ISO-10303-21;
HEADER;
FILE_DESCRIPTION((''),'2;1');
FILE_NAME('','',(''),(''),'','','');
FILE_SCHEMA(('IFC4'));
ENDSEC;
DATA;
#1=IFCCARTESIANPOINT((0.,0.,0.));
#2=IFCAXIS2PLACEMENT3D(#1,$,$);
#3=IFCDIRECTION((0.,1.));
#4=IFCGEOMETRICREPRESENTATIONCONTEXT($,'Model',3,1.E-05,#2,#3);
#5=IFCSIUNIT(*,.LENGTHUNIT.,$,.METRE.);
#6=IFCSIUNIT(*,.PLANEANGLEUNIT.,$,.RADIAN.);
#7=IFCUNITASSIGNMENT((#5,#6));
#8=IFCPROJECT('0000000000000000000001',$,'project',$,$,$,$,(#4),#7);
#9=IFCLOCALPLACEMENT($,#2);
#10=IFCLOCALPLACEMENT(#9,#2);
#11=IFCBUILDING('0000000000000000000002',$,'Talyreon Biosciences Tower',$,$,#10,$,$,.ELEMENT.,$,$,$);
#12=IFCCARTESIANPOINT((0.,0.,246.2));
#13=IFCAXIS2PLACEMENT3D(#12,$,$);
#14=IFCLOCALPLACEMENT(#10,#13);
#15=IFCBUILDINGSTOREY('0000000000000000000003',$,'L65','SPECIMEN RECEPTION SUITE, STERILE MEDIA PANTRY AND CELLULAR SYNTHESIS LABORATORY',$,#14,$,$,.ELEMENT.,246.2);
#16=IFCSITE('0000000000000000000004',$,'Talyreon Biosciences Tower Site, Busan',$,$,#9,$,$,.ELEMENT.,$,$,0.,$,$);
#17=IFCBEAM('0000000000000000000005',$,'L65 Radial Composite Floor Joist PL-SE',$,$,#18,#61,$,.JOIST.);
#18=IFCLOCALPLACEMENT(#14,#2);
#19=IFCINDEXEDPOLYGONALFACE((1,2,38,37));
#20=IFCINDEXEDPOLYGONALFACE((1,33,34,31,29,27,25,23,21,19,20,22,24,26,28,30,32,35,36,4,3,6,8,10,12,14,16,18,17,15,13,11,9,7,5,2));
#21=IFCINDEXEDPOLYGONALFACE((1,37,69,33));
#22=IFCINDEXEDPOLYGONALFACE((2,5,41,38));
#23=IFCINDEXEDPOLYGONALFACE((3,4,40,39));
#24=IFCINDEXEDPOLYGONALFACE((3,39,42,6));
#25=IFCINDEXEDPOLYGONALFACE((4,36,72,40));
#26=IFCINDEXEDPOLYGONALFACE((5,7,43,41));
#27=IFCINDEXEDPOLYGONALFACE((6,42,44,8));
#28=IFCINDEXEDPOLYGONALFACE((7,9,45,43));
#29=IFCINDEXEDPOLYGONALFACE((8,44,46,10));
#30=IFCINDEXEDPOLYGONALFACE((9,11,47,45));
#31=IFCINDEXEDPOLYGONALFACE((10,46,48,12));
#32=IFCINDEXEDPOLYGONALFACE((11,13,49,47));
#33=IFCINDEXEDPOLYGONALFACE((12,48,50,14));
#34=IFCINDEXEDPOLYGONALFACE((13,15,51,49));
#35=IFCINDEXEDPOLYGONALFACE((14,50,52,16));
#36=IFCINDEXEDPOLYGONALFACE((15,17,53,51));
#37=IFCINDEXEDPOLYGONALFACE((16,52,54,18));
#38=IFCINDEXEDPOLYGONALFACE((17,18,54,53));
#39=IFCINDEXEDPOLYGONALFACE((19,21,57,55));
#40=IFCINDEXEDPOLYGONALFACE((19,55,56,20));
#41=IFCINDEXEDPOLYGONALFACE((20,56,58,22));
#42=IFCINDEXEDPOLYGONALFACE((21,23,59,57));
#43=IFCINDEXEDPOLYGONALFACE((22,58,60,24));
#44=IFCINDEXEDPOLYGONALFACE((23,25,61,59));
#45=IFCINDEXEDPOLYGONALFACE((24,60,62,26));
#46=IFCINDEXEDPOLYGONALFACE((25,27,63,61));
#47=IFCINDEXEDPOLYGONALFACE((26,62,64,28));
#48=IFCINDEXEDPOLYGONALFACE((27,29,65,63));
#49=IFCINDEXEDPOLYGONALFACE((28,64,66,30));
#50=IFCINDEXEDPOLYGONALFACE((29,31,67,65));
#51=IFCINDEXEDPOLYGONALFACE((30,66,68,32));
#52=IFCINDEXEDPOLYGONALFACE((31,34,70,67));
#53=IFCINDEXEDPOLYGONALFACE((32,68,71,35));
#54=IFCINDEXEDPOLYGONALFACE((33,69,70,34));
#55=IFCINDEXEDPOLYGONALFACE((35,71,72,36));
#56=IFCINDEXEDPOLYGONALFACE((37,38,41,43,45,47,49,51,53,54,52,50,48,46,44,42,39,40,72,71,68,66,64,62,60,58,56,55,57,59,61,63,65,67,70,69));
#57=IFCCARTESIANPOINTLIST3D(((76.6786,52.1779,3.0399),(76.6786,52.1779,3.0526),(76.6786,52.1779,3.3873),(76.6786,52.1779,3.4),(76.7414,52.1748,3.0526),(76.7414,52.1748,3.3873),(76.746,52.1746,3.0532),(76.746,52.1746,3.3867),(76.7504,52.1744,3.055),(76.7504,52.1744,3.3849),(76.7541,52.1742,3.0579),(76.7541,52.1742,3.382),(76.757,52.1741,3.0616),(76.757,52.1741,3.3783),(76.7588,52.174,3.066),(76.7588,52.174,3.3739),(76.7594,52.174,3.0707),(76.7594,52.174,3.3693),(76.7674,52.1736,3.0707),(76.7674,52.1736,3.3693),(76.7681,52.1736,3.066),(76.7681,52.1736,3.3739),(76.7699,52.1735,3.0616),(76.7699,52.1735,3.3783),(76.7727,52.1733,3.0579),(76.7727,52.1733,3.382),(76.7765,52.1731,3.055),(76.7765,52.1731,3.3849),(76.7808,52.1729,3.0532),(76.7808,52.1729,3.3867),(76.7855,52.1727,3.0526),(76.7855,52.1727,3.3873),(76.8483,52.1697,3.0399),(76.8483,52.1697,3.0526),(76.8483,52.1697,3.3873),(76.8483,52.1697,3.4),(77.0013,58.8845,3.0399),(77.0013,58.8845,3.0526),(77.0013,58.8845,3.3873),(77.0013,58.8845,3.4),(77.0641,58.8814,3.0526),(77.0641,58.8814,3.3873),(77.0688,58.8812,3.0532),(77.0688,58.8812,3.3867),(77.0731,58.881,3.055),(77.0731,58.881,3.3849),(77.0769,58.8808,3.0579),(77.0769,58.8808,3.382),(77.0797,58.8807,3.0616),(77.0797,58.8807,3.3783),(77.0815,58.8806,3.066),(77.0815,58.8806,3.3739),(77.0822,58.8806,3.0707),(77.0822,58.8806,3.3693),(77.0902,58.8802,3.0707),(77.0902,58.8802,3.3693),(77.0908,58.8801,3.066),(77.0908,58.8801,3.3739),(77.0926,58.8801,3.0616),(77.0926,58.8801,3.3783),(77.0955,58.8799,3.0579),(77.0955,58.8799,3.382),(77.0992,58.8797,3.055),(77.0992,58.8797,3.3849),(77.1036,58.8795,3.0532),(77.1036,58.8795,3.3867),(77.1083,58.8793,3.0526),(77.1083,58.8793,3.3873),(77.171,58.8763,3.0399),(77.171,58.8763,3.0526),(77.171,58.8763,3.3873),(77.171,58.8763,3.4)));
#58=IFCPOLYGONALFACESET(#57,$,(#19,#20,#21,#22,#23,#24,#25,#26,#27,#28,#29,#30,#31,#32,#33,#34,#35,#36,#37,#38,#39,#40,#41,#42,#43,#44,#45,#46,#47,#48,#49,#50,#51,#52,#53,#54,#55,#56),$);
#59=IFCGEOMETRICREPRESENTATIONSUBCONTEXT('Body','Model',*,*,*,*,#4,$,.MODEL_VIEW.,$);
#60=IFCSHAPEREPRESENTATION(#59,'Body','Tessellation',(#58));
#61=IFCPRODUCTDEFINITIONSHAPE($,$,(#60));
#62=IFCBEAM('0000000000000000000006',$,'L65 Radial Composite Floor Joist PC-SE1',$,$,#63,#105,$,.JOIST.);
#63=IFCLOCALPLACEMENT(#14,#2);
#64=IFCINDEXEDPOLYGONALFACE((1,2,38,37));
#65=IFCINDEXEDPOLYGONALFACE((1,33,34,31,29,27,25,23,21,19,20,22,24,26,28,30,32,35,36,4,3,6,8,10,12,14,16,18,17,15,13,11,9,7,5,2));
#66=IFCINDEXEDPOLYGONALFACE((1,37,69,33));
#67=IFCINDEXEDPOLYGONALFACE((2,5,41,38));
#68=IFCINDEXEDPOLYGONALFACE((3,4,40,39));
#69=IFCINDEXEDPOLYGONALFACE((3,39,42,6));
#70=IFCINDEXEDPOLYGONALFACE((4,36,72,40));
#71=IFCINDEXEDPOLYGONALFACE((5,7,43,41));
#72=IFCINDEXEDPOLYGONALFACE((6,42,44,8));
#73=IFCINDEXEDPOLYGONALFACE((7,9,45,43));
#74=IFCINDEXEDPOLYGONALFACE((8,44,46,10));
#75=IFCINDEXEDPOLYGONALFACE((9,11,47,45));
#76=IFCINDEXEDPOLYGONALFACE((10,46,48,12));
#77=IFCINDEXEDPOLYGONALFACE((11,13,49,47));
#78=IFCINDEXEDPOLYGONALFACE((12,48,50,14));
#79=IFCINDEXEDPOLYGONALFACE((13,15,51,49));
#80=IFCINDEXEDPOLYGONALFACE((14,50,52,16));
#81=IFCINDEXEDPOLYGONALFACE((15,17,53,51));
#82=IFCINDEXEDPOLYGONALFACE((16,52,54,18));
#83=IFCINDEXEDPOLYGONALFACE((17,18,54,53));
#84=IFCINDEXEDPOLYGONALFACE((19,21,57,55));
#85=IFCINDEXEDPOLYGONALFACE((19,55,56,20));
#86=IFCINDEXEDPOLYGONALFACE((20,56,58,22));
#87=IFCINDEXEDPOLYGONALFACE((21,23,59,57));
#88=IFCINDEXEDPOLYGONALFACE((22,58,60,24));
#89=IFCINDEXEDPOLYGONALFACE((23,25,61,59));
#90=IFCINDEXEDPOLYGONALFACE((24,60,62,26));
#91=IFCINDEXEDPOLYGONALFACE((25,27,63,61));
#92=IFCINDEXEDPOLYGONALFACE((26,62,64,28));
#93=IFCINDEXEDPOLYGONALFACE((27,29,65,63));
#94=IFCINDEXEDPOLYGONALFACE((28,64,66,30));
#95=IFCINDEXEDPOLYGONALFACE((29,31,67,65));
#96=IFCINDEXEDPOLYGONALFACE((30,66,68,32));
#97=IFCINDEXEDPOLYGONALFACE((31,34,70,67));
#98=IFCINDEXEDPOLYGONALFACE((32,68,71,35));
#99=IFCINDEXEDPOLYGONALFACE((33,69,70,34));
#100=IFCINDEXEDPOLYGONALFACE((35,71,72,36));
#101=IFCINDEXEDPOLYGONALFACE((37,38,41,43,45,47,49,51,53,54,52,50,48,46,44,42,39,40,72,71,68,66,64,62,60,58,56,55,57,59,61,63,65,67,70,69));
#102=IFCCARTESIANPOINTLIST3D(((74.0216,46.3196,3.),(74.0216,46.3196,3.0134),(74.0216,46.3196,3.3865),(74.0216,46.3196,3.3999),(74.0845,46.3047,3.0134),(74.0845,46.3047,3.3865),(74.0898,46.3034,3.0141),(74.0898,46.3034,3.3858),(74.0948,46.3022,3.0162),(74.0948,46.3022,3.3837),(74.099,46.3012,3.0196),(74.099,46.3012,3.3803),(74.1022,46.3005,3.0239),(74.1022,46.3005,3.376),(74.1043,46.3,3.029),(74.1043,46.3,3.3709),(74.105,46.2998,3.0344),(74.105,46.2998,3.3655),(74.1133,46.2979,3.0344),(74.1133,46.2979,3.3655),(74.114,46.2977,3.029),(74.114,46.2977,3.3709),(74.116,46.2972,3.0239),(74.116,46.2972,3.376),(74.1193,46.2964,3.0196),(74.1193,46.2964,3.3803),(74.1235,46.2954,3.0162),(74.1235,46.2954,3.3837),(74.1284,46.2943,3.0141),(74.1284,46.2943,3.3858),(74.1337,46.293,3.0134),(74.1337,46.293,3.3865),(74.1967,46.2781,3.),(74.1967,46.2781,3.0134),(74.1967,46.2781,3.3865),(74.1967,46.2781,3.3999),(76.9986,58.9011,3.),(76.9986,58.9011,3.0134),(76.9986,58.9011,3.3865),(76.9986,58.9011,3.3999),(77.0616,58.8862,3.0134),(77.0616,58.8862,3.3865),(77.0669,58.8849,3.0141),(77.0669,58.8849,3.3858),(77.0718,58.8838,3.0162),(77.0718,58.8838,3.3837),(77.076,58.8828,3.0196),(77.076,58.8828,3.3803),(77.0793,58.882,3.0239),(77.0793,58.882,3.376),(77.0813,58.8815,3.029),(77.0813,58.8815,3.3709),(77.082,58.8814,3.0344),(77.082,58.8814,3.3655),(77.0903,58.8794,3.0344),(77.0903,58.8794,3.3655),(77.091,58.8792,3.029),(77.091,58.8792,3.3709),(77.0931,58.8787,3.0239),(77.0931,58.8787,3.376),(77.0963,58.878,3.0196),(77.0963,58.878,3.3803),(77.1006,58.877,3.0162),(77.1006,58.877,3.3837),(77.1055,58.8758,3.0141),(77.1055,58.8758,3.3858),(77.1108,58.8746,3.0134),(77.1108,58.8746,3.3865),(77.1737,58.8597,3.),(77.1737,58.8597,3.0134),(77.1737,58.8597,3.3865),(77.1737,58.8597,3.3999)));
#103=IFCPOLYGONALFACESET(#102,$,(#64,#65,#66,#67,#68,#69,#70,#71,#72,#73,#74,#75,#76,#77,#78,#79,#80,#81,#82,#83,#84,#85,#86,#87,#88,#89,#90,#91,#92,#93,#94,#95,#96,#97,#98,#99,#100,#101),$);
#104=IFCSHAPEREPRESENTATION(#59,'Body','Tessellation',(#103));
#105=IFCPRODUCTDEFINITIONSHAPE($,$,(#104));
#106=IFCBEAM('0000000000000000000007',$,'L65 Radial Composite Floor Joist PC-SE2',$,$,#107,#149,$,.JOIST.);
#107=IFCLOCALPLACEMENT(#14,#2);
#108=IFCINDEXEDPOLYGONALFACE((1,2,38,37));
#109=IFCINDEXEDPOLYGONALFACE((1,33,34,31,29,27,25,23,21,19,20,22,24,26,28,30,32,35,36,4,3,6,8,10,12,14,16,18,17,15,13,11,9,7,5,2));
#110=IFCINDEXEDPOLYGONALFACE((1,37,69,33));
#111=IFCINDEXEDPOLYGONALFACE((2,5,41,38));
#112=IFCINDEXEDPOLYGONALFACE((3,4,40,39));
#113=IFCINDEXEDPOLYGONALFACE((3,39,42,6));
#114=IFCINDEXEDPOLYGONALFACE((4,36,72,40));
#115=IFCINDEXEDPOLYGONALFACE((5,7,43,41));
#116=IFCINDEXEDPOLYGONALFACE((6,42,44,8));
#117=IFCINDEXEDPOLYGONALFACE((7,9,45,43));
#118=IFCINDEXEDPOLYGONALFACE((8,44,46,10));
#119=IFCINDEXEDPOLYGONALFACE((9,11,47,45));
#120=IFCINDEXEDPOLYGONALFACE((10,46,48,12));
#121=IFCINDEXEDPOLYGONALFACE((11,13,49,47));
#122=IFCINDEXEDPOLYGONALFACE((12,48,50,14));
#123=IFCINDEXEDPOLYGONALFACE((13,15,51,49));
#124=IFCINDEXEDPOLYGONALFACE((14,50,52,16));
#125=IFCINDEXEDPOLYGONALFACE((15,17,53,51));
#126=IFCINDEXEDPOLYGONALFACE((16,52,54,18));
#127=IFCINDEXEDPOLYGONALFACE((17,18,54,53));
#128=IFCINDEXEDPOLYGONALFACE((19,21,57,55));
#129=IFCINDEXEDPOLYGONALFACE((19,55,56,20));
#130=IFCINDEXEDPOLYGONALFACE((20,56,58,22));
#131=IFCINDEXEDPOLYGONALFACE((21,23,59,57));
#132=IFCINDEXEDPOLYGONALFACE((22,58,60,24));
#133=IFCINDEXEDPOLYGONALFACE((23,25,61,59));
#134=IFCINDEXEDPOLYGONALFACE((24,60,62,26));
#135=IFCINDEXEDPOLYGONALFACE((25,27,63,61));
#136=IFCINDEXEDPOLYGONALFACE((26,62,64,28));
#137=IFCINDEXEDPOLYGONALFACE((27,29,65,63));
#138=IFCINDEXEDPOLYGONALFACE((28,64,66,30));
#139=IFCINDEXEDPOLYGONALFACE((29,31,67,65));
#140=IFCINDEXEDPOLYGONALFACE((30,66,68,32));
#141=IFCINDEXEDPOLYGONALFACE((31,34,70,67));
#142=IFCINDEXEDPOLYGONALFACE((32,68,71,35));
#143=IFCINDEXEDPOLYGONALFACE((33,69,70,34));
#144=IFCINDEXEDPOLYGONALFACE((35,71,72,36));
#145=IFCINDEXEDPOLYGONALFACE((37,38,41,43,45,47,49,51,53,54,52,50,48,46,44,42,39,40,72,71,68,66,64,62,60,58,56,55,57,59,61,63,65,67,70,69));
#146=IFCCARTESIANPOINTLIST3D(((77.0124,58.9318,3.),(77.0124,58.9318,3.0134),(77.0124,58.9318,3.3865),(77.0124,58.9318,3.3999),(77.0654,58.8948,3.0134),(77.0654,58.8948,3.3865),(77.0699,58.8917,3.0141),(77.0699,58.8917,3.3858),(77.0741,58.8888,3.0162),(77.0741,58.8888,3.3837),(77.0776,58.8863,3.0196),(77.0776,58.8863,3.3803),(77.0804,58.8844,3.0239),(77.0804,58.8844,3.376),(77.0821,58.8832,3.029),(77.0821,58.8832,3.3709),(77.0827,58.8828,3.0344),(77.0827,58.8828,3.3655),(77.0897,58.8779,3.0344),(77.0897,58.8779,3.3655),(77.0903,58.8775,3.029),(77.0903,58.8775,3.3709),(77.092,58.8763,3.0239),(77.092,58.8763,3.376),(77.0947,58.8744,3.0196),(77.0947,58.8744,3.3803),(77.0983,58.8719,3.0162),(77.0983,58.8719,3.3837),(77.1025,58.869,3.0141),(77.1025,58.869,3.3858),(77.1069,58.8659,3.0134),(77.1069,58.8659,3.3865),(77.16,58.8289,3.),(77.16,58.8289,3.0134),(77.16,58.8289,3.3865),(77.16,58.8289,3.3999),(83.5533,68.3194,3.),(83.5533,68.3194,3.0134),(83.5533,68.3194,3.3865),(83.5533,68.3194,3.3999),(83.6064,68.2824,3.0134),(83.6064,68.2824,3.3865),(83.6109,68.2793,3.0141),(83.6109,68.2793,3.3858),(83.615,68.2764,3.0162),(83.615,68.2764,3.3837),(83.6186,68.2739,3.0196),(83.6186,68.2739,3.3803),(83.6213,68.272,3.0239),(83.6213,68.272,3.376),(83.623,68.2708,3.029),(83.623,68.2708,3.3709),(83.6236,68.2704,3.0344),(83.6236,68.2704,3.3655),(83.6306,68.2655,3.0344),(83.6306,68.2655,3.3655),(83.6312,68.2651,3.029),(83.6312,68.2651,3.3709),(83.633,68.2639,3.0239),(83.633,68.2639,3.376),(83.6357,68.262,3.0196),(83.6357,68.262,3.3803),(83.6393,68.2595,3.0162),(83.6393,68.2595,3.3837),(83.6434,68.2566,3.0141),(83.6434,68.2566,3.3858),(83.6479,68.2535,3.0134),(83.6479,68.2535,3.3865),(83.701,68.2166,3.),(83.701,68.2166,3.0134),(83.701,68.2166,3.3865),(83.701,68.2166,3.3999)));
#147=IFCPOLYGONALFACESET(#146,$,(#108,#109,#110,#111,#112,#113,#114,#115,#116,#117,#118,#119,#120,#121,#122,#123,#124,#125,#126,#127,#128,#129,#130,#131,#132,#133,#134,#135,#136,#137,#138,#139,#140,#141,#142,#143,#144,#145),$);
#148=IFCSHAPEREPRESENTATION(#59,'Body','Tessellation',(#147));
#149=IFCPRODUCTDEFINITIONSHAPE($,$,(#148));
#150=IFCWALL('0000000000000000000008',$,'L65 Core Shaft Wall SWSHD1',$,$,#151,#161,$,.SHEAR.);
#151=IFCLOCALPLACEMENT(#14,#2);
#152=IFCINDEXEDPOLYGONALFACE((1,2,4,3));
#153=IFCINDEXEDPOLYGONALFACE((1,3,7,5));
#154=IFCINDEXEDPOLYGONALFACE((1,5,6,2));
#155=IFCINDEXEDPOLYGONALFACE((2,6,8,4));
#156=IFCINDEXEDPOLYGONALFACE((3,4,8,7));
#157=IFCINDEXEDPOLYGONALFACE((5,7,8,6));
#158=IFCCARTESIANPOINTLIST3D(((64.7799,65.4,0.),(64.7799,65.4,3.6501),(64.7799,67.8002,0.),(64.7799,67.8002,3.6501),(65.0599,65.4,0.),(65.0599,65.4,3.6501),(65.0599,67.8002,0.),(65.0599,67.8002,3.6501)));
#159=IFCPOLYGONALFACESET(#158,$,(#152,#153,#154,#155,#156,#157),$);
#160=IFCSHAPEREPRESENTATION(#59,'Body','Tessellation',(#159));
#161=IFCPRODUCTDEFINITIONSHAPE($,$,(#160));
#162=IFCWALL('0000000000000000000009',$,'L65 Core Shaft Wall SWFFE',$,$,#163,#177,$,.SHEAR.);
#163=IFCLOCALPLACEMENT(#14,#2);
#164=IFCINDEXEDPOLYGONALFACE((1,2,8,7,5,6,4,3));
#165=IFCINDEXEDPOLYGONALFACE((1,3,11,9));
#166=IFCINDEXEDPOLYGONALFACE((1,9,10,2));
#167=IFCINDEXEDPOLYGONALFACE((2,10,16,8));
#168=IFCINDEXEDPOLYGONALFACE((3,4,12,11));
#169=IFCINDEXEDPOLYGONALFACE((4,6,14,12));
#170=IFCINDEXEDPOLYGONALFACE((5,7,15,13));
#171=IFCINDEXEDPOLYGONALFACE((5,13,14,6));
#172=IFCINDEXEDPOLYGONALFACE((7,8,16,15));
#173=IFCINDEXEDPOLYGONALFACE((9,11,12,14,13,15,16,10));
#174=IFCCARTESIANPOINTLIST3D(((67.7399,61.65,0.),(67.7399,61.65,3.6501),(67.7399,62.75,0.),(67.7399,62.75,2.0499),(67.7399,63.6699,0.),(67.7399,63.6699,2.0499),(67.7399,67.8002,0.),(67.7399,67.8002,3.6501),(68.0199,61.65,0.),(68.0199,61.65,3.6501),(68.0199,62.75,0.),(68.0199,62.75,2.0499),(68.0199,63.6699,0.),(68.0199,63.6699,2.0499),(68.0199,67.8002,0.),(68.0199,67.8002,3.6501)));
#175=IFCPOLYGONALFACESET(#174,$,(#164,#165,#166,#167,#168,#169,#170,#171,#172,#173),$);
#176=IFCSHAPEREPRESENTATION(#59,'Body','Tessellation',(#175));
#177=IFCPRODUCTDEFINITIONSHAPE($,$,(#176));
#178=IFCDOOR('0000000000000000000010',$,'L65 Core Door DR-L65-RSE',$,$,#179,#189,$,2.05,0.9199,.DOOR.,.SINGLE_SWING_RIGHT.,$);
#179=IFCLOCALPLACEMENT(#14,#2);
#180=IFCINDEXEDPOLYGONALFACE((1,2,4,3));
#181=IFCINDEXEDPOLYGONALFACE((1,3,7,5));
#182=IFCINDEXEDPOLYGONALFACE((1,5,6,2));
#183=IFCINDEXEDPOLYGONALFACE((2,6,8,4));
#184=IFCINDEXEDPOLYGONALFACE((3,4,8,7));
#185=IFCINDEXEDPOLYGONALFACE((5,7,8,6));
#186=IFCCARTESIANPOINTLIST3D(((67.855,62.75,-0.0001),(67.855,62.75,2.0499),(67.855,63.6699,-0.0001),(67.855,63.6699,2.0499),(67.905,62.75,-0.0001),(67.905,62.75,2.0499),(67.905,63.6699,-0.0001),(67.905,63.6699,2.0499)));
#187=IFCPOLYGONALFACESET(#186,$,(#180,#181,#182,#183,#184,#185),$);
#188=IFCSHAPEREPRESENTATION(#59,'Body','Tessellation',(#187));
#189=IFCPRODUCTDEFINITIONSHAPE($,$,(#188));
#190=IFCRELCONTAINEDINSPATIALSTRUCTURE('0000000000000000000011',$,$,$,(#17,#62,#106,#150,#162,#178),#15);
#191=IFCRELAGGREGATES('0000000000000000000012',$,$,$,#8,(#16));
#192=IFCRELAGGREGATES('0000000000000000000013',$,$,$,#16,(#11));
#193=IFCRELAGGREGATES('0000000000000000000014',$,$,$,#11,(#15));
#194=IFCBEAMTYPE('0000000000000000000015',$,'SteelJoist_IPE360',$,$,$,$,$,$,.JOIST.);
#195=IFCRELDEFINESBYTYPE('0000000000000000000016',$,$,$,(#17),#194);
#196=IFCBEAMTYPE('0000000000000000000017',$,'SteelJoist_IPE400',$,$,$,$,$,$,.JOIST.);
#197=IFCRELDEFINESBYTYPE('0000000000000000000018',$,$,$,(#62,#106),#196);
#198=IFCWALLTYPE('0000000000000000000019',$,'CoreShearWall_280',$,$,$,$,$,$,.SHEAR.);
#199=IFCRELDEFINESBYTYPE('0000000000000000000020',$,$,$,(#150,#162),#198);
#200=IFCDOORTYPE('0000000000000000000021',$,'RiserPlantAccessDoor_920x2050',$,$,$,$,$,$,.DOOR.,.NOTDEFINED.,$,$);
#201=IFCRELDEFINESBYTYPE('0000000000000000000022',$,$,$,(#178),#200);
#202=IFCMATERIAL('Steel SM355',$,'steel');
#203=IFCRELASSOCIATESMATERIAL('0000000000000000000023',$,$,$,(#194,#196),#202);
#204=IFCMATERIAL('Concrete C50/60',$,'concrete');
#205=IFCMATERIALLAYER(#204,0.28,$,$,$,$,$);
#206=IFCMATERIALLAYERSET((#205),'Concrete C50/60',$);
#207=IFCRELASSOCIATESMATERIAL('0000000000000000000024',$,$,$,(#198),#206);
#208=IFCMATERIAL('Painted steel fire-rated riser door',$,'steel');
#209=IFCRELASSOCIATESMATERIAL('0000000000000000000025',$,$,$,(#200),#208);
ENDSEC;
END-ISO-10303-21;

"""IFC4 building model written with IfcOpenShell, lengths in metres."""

from ifc_helpers import new_model, si_unit, direction, frame, frame_2d, origin, origin_2d, place, context, subcontext, project, spatial, rectangle, i_section, extrude, material, layer, layer_set, material_profile, profile_set, type_object, element, fill, save


model = new_model("IFC4")

# Units and contexts
model_context = context("Model", 3, precision=1e-05, world=origin(), true_north=direction((0.0, 1.0)))
body_context = subcontext(model_context, "Body", "Model", "MODEL_VIEW")
ifc_project = project(units=[si_unit("LENGTHUNIT", "METRE"), si_unit("PLANEANGLEUNIT", "RADIAN")], contexts=[model_context])

# Site, building, storey
site_placement = place(None, origin())
site = spatial("IfcSite", under=ifc_project, at=site_placement, Name="Talyreon Biosciences Tower Site, Busan", CompositionType="ELEMENT", RefElevation=0.0)
building_placement = place(site_placement, origin())
building = spatial("IfcBuilding", under=site, at=building_placement, Name="Talyreon Biosciences Tower", CompositionType="ELEMENT")
storey_placement = place(building_placement, frame((0.0, 0.0, 246.2)))
storey = spatial("IfcBuildingStorey", under=building, at=storey_placement, Name="L65", Description="SPECIMEN RECEPTION SUITE, STERILE MEDIA PANTRY AND CELLULAR SYNTHESIS LABORATORY", CompositionType="ELEMENT", Elevation=246.2)

# Shared definitions
ifc_material_1 = material(Name="Concrete C50/60", Category="concrete")

# Beams
ifc_material_2 = material(Name="Steel SM355", Category="steel")
ifc_material_profile_1 = material_profile(ifc_material_2, i_section(OverallWidth=0.1699, OverallDepth=0.3601, WebThickness=0.0081, FlangeThickness=0.0127, FilletRadius=0.0181, at=origin_2d()), Name="IPE360")
ifc_profile_set_1 = profile_set([ifc_material_profile_1], Name="Steel SM355")
beam_type_1 = type_object("IfcBeamType", Name="SteelJoist_IPE360", PredefinedType="JOIST", material=ifc_profile_set_1)
beam_1_placement = place(storey_placement, frame((77.0862, 58.8804, 3.22), z_axis=(-0.04807, -0.998844, 0.0), x_axis=(0.998844, -0.04807, 0.0)))
element("IfcBeam", 1, at=beam_1_placement, inside=storey, type_object=beam_type_1, Name="L65 Radial Composite Floor Joist PL-SE", PredefinedType="JOIST", context=body_context, shape_type="SweptSolid", body=[
    extrude(i_section(OverallWidth=0.1699, OverallDepth=0.3601, WebThickness=0.0081, FlangeThickness=0.0127, FilletRadius=0.0181, at=origin_2d()), origin(), (0.0, 0.0, 1.0), 6.7144),
])
ifc_material_profile_2 = material_profile(ifc_material_2, i_section(OverallWidth=0.1799, OverallDepth=0.3999, WebThickness=0.0085, FlangeThickness=0.0134, FilletRadius=0.021, at=origin_2d()), Name="IPE400")
ifc_profile_set_2 = profile_set([ifc_material_profile_2], Name="Steel SM355")
beam_type_2 = type_object("IfcBeamType", Name="SteelJoist_IPE400", PredefinedType="JOIST", material=ifc_profile_set_2)
beam_2_placement = place(storey_placement, frame((77.0862, 58.8804, 3.2), z_axis=(-0.230262, -0.973129, 0.0), x_axis=(0.973129, -0.230262, 0.0)))
element("IfcBeam", 2, at=beam_2_placement, inside=storey, type_object=beam_type_2, Name="L65 Radial Composite Floor Joist PC-SE1", PredefinedType="JOIST", context=body_context, shape_type="SweptSolid", body=[
    extrude(i_section(OverallWidth=0.1799, OverallDepth=0.3999, WebThickness=0.0085, FlangeThickness=0.0134, FilletRadius=0.021, at=origin_2d()), origin(), (0.0, 0.0, 1.0), 12.929),
])
beam_3_placement = place(storey_placement, frame((77.0862, 58.8804, 3.2), z_axis=(0.57168, 0.820477, 0.0), x_axis=(-0.820477, 0.57168, 0.0)))
element("IfcBeam", 3, at=beam_3_placement, inside=storey, type_object=beam_type_2, Name="L65 Radial Composite Floor Joist PC-SE2", PredefinedType="JOIST", context=body_context, shape_type="SweptSolid", body=[
    extrude(i_section(OverallWidth=0.1799, OverallDepth=0.3999, WebThickness=0.0085, FlangeThickness=0.0134, FilletRadius=0.021, at=origin_2d()), origin(), (0.0, 0.0, 1.0), 11.4417),
])

# Wall
ifc_layer_1 = layer(ifc_material_1, 0.28)
ifc_layer_set_1 = layer_set([ifc_layer_1], Name="Concrete C50/60")
wall_type_1 = type_object("IfcWallType", Name="CoreShearWall_280", PredefinedType="SHEAR", material=ifc_layer_set_1)
wall_1_placement = place(storey_placement, frame((64.9199, 65.3999, 0.0), z_axis=(0.0, 0.0, 1.0), x_axis=(0.0, 1.0, 0.0)))
element("IfcWall", 4, at=wall_1_placement, inside=storey, type_object=wall_type_1, Name="L65 Core Shaft Wall SWSHD1", PredefinedType="SHEAR", context=body_context, shape_type="SweptSolid", body=[
    extrude(rectangle(XDim=2.4001, YDim=0.28, at=frame_2d((1.2002, 0.0))), origin(), (0.0, 0.0, 1.0), 3.6501),
])

# Wall, opening, door
wall_2_placement = place(storey_placement, frame((67.8799, 61.6499, 0.0), z_axis=(0.0, 0.0, 1.0), x_axis=(0.0, 1.0, 0.0)))
wall_2 = element("IfcWall", 5, at=wall_2_placement, inside=storey, type_object=wall_type_1, Name="L65 Core Shaft Wall SWFFE", PredefinedType="SHEAR", context=body_context, shape_type="SweptSolid", body=[
    extrude(rectangle(XDim=6.1501, YDim=0.28, at=frame_2d((3.0752, 0.0))), origin(), (0.0, 0.0, 1.0), 3.6501),
])
opening_1_placement = place(wall_2_placement, frame((1.1001, 0.0, 0.0)))
opening_1 = element("IfcOpeningElement", 6, at=opening_1_placement, cuts=wall_2, PredefinedType="OPENING", context=body_context, shape_type="SweptSolid", body=[
    extrude(rectangle(XDim=0.9199, YDim=2.05, at=frame_2d((0.46, 1.0249))), frame((0.0, 0.1499, 0.0), z_axis=(0.0, -1.0, 0.0), x_axis=(1.0, 0.0, 0.0)), (0.0, 0.0, 1.0), 0.3),
])
ifc_material_3 = material(Name="Painted steel fire-rated riser door", Category="steel")
door_type_1 = type_object("IfcDoorType", Name="RiserPlantAccessDoor_920x2050", OperationType="NOTDEFINED", PredefinedType="DOOR", material=ifc_material_3)
door_1_placement = place(opening_1_placement, origin())
door_1 = element("IfcDoor", 7, at=door_1_placement, inside=storey, type_object=door_type_1, Name="L65 Core Door DR-L65-RSE", OperationType="SINGLE_SWING_RIGHT", OverallHeight=2.05, OverallWidth=0.9199, PredefinedType="DOOR", context=body_context, shape_type="SweptSolid", body=[
    extrude(rectangle(XDim=0.9199, YDim=2.05, at=frame_2d((0.46, 1.0249))), frame((0.0, 0.0249, 0.0), z_axis=(0.0, -1.0, 0.0), x_axis=(1.0, 0.0, 0.0)), (0.0, 0.0, 1.0), 0.05),
])
fill(opening_1, door_1)

save(model, "model.ifc")
